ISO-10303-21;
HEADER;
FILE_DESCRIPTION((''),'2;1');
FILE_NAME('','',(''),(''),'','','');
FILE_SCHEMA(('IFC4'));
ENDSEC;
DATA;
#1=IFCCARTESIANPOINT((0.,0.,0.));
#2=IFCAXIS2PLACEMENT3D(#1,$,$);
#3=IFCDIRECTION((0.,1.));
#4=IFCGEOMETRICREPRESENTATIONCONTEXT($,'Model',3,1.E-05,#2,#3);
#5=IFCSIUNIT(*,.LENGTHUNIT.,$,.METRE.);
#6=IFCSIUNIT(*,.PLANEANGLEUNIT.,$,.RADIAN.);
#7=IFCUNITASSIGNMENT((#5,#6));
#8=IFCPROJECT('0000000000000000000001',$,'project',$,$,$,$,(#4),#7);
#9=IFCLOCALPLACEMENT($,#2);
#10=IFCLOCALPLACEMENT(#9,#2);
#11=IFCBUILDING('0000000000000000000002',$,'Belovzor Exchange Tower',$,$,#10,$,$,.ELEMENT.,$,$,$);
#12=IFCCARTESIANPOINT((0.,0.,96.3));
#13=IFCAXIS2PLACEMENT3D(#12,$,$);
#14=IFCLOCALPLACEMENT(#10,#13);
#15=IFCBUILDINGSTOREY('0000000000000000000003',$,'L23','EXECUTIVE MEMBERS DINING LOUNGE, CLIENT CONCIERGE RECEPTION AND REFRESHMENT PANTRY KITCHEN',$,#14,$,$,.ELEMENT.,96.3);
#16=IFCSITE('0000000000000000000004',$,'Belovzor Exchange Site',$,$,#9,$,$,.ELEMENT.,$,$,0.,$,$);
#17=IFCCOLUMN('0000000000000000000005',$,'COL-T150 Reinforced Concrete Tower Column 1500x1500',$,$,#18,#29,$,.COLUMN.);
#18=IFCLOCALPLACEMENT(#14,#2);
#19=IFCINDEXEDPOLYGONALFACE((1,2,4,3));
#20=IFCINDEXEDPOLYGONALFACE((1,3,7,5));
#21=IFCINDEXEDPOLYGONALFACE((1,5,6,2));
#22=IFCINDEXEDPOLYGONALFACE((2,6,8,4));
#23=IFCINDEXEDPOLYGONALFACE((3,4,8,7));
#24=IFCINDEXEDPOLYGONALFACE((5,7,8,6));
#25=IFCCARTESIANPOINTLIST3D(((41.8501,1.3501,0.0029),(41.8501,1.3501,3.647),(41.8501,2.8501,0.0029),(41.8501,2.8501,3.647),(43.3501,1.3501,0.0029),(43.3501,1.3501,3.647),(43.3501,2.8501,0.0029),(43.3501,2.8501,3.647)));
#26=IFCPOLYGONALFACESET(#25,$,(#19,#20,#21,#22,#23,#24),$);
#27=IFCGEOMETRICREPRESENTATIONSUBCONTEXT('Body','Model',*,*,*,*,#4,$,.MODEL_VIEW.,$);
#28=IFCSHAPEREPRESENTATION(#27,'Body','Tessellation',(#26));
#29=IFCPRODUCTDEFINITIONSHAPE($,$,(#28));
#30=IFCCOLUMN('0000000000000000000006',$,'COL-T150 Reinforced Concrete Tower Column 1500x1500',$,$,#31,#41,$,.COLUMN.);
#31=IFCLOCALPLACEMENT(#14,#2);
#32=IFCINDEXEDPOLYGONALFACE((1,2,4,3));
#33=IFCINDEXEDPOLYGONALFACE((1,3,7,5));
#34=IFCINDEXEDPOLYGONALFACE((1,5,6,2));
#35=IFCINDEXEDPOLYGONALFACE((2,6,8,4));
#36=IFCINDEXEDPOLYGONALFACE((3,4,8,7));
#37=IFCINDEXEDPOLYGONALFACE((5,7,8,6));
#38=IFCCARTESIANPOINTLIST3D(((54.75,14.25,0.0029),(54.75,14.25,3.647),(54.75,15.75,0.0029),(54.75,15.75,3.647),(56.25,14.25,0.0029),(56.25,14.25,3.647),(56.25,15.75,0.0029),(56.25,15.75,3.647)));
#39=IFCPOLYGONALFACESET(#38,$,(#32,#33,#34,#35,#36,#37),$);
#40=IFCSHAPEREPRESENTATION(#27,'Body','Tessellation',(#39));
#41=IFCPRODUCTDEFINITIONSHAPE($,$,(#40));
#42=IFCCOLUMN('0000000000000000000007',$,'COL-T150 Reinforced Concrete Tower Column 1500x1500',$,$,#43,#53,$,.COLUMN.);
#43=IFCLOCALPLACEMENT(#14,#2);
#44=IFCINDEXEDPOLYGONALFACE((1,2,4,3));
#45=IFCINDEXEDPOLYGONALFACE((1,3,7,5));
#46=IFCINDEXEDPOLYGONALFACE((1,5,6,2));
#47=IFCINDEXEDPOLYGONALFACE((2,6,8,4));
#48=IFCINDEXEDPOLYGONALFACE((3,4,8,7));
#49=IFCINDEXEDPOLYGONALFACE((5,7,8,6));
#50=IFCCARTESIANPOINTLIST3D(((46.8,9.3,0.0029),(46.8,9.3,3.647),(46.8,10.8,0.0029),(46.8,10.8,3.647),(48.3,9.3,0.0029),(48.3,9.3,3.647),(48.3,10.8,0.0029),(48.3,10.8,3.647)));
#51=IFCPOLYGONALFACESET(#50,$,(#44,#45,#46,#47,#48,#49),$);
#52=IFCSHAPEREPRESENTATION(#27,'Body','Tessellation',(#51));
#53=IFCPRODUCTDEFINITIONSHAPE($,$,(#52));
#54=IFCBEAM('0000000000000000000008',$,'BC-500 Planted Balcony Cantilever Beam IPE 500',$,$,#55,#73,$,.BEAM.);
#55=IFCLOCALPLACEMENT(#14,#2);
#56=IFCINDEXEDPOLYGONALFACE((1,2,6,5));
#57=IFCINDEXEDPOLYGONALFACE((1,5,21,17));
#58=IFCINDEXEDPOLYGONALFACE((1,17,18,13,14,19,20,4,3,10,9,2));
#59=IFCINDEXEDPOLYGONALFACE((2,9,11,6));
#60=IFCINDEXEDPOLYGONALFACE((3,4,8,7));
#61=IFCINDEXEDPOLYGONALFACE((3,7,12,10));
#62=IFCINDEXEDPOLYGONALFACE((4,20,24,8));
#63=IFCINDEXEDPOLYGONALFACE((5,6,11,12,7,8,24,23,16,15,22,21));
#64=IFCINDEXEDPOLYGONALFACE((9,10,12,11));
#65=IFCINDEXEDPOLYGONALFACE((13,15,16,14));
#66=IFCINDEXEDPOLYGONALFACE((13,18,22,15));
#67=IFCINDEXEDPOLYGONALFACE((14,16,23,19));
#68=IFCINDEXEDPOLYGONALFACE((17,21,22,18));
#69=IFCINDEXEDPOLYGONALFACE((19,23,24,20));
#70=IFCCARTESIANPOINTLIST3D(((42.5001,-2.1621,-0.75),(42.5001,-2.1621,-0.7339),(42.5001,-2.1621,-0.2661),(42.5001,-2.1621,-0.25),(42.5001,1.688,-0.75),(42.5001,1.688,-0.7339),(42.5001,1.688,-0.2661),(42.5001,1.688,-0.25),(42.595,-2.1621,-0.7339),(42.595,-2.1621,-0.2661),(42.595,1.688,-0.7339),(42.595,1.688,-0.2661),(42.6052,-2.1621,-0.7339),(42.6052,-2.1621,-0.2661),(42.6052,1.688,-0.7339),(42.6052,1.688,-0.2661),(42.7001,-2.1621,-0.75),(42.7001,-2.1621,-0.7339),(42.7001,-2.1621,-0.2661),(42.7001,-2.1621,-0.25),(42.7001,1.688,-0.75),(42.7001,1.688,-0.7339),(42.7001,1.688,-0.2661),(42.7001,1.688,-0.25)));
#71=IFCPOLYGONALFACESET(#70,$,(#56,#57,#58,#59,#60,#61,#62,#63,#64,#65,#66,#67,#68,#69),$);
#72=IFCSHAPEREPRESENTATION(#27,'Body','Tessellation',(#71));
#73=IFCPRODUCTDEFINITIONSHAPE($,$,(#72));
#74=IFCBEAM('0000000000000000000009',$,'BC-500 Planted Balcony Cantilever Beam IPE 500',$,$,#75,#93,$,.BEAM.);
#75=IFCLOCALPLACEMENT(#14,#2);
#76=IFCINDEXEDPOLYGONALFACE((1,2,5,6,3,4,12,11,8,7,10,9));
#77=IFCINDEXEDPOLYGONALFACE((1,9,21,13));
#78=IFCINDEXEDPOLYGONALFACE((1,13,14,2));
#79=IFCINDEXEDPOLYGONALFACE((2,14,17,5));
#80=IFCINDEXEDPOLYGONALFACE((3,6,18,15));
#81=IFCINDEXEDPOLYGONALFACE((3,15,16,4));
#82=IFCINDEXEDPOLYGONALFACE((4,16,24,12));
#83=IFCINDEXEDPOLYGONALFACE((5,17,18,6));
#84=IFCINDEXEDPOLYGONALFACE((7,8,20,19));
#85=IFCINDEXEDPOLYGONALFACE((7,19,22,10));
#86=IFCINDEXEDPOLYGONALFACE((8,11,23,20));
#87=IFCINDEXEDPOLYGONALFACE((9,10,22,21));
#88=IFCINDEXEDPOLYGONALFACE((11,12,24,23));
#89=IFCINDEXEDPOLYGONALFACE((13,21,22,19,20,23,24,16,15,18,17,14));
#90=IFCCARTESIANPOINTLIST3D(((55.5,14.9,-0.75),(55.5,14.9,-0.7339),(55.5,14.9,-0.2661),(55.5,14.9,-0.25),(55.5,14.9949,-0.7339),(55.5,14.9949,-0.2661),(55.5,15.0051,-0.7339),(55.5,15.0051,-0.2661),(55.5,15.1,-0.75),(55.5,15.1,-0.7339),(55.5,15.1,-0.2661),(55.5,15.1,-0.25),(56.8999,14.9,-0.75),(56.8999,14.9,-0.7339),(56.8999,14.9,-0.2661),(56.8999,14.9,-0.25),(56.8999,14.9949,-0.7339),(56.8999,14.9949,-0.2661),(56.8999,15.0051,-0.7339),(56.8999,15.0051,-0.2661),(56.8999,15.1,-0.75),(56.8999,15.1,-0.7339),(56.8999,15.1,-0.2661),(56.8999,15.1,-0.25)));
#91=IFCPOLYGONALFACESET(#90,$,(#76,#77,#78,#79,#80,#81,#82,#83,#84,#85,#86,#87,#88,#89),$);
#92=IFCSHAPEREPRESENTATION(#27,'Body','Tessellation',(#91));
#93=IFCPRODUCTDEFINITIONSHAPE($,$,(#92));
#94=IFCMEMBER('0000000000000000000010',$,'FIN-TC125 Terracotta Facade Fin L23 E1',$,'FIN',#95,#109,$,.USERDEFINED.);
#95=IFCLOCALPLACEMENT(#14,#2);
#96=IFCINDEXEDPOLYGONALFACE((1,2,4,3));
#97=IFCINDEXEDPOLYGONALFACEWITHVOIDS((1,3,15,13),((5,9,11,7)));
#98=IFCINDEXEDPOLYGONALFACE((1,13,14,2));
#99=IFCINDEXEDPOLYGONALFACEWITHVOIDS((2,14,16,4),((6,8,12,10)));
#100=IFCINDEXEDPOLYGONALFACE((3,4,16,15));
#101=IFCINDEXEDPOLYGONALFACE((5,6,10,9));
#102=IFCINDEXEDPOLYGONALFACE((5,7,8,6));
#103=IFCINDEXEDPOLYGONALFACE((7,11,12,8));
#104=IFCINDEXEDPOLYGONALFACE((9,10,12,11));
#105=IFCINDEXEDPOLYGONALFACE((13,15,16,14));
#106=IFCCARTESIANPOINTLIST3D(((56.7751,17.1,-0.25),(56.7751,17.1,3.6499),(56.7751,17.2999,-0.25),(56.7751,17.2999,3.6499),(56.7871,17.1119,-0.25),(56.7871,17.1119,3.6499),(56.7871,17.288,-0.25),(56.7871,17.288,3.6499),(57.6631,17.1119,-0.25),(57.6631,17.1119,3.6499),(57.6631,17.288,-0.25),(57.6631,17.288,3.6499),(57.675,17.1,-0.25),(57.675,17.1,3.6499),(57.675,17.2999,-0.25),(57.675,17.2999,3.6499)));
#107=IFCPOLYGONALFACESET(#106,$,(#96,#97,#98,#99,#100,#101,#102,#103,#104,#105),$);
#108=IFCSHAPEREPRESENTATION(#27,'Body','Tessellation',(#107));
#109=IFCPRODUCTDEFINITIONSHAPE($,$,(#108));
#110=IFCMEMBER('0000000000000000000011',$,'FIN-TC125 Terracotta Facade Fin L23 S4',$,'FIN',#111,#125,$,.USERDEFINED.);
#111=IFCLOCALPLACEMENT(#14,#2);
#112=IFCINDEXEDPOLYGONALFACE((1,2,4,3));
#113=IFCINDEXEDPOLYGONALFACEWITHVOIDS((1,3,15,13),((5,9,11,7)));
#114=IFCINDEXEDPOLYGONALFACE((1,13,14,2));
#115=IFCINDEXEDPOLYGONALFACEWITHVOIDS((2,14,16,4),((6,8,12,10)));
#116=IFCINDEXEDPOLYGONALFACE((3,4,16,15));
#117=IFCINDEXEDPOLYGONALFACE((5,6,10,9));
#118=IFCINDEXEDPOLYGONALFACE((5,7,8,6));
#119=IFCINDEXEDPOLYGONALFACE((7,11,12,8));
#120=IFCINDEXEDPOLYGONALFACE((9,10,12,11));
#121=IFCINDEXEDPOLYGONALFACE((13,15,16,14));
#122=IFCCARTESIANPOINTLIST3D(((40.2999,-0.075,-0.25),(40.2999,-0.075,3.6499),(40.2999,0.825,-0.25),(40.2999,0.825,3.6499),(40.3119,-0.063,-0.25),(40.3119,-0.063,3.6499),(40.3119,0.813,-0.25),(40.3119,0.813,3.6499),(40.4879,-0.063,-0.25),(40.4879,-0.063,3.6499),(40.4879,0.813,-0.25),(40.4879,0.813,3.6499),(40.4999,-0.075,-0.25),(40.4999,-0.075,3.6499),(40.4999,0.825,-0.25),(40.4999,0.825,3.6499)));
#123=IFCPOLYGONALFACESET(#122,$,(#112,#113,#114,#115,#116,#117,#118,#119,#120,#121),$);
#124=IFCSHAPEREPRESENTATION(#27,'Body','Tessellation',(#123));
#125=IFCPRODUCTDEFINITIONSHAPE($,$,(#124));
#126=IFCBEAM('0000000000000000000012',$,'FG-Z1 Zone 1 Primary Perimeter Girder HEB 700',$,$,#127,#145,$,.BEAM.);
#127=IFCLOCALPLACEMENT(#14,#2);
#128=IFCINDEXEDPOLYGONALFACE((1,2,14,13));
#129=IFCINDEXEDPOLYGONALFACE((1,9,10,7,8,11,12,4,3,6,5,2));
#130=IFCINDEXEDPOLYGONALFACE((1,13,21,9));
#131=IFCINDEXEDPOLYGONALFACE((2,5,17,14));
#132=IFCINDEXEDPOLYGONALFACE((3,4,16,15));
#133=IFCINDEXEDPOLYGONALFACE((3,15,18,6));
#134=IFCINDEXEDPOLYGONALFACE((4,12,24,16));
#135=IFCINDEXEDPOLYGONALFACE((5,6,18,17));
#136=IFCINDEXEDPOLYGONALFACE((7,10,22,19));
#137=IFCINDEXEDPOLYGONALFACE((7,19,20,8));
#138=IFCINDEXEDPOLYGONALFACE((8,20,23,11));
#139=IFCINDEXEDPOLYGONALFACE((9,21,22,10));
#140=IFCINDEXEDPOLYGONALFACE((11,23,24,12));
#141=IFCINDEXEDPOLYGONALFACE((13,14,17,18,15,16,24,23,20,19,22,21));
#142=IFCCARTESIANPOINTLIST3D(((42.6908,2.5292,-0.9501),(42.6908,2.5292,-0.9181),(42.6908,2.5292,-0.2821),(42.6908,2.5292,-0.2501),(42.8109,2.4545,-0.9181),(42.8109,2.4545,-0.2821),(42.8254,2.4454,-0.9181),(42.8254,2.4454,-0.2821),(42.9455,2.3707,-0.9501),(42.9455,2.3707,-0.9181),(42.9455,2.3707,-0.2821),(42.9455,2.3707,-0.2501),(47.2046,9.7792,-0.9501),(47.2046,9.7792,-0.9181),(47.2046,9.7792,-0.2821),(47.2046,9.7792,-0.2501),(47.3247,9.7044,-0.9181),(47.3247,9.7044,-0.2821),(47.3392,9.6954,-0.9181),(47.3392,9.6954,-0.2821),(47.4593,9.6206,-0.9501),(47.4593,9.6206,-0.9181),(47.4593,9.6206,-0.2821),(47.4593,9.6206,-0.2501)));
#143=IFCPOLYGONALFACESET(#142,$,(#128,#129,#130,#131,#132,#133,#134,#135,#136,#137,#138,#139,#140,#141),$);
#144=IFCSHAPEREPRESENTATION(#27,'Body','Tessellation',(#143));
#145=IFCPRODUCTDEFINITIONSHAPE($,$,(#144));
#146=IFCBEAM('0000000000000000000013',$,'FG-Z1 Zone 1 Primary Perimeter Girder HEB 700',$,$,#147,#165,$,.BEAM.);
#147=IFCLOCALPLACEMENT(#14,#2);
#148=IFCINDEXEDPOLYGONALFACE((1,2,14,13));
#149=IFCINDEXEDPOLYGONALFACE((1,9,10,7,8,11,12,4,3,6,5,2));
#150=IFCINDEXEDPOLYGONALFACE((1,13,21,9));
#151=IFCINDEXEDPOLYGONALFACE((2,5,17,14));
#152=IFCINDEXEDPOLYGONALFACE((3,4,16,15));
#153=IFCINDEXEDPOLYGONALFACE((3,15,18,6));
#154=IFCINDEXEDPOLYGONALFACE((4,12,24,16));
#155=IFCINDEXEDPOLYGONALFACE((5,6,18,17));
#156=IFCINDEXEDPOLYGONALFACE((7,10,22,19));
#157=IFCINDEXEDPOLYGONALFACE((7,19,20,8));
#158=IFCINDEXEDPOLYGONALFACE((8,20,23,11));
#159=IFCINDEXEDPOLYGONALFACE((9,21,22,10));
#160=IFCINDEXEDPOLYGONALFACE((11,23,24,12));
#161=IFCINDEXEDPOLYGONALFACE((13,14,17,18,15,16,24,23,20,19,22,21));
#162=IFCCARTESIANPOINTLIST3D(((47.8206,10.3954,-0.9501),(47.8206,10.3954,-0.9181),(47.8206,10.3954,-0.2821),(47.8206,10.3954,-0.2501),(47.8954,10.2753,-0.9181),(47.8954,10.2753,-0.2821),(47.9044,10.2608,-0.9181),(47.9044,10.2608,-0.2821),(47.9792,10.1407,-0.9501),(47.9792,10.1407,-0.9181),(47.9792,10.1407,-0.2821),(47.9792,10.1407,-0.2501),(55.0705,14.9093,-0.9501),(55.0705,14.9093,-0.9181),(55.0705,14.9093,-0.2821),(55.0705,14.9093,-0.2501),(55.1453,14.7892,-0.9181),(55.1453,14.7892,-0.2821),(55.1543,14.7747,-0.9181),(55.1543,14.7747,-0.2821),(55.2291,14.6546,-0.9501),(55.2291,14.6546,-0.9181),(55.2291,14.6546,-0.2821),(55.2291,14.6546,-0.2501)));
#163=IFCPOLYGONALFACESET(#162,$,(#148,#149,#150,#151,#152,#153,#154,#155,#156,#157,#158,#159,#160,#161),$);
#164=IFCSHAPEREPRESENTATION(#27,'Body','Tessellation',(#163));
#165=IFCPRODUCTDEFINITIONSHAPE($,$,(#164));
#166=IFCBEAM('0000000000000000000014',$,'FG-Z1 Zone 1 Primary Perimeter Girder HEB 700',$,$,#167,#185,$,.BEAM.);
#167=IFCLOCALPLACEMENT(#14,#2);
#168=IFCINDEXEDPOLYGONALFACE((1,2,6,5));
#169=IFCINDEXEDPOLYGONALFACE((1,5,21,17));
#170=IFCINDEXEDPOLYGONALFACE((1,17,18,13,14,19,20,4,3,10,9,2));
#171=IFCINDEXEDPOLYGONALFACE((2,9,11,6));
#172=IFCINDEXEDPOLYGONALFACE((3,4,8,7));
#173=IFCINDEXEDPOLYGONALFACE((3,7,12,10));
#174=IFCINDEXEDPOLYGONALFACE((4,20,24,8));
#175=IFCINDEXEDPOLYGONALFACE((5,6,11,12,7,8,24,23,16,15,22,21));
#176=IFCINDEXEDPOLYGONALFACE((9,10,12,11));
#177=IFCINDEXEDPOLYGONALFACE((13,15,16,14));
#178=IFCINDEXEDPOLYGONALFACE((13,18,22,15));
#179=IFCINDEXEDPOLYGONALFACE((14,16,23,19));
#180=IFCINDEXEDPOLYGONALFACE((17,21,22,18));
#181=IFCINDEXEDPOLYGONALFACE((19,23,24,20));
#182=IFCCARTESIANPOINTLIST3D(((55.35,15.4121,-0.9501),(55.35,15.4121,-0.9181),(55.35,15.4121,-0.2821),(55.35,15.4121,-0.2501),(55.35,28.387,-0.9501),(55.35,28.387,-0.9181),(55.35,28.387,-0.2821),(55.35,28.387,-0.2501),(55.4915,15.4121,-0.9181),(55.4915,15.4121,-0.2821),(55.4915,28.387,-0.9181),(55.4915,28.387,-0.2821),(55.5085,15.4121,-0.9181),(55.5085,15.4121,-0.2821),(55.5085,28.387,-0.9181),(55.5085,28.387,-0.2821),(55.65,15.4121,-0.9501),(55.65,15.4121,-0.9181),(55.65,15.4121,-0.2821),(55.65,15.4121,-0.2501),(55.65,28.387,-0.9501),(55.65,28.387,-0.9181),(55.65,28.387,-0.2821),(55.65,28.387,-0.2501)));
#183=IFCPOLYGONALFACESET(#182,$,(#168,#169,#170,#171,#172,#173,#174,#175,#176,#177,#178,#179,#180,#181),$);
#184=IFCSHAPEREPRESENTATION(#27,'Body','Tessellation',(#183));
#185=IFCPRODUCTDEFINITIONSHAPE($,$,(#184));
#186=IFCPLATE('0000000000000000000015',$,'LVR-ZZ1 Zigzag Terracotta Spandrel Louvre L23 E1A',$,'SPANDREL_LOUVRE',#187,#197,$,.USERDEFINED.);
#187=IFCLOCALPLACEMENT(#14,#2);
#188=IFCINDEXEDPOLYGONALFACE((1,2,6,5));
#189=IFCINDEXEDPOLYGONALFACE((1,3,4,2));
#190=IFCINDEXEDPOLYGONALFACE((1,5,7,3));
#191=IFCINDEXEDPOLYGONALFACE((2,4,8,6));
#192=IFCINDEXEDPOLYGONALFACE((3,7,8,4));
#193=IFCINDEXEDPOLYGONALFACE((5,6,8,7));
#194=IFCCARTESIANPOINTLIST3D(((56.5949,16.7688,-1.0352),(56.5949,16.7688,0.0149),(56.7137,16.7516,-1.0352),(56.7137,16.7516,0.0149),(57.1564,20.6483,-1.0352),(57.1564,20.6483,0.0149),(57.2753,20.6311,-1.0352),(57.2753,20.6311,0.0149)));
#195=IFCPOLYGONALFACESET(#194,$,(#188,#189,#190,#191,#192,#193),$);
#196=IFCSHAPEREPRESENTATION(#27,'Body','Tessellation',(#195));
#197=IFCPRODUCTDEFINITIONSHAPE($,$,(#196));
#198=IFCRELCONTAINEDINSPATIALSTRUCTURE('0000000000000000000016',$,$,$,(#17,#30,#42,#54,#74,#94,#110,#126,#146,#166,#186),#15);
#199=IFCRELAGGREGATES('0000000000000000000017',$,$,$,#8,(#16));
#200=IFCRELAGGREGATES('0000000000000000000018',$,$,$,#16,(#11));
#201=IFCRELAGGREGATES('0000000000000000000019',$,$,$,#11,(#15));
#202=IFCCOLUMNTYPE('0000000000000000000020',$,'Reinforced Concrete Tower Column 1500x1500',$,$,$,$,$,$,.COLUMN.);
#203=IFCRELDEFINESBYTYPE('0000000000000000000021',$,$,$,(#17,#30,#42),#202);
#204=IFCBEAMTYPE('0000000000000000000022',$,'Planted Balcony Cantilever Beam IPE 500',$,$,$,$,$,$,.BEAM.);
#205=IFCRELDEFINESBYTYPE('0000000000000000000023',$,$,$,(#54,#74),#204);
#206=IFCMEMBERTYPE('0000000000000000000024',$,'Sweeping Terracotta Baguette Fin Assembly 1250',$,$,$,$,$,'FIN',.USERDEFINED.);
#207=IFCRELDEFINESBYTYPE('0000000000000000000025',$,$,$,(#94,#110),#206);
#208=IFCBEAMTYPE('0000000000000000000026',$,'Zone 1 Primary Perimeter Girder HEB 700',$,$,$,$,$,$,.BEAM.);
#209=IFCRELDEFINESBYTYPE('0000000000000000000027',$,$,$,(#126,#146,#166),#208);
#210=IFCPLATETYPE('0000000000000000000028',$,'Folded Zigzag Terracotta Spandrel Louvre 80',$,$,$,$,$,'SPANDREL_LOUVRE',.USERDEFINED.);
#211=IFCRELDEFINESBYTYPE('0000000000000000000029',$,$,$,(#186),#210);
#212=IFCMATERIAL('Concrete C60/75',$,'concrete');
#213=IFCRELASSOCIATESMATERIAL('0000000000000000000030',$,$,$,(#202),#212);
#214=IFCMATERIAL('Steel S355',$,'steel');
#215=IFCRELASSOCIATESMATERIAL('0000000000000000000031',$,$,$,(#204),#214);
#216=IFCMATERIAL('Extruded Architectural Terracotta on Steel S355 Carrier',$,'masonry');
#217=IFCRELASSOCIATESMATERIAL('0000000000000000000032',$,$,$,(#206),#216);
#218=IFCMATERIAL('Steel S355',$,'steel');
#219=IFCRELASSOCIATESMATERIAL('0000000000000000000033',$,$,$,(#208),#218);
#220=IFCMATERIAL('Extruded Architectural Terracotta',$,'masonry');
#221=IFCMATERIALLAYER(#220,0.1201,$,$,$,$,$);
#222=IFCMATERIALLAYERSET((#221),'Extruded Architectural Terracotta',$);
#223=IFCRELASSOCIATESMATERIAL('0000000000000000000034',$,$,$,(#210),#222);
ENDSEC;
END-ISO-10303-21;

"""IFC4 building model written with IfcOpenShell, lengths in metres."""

from ifc_helpers import new_model, si_unit, direction, frame, origin, origin_2d, place, context, subcontext, project, spatial, rectangle, hollow_rectangle, i_section, extrude, material, layer, layer_set, material_profile, profile_set, type_object, element, save


model = new_model("IFC4")

# Units and contexts
model_context = context("Model", 3, precision=1e-05, world=origin(), true_north=direction((0.0, 1.0)))
body_context = subcontext(model_context, "Body", "Model", "MODEL_VIEW")
ifc_project = project(units=[si_unit("LENGTHUNIT", "METRE"), si_unit("PLANEANGLEUNIT", "RADIAN")], contexts=[model_context])

# Site, building, storey
site_placement = place(None, origin())
site = spatial("IfcSite", under=ifc_project, at=site_placement, Name="Belovzor Exchange Site", CompositionType="ELEMENT", RefElevation=0.0)
building_placement = place(site_placement, origin())
building = spatial("IfcBuilding", under=site, at=building_placement, Name="Belovzor Exchange Tower", CompositionType="ELEMENT")
storey_placement = place(building_placement, frame((0.0, 0.0, 96.3)))
storey = spatial("IfcBuildingStorey", under=building, at=storey_placement, Name="L23", Description="EXECUTIVE MEMBERS DINING LOUNGE, CLIENT CONCIERGE RECEPTION AND REFRESHMENT PANTRY KITCHEN", CompositionType="ELEMENT", Elevation=96.3)

# Columns
ifc_material_1 = material(Name="Concrete C60/75", Category="concrete")
ifc_material_profile_1 = material_profile(ifc_material_1, rectangle(XDim=1.5, YDim=1.5, at=origin_2d()))
ifc_profile_set_1 = profile_set([ifc_material_profile_1], Name="Concrete C60/75")
column_type = type_object("IfcColumnType", Name="Reinforced Concrete Tower Column 1500x1500", PredefinedType="COLUMN", material=ifc_profile_set_1)
for number, where, z_axis, x_axis, name in (
    (1, (42.6001, 2.1001, 0.0029), (0.0, 0.0, 1.0), (1.0, 0.0, 0.0), "COL-T150 Reinforced Concrete Tower Column 1500x1500"),
    (2, (55.5, 15.0, 0.0029), (0.0, 0.0, 1.0), (1.0, 0.0, 0.0), "COL-T150 Reinforced Concrete Tower Column 1500x1500"),
    (3, (47.55, 10.05, 0.0029), (0.0, 0.0, 1.0), (1.0, 0.0, 0.0), "COL-T150 Reinforced Concrete Tower Column 1500x1500"),
):
    element("IfcColumn", number, at=place(storey_placement, frame(where, z_axis=z_axis, x_axis=x_axis)), inside=storey, type_object=column_type, Name=name, PredefinedType="COLUMN", context=body_context, shape_type="SweptSolid", body=[
        extrude(rectangle(XDim=1.5, YDim=1.5, at=origin_2d()), origin(), (0.0, 0.0, 1.0), 3.644),
    ])

# Beams
ifc_material_2 = material(Name="Steel S355", Category="steel")
ifc_material_profile_2 = material_profile(ifc_material_2, i_section(OverallWidth=0.2, OverallDepth=0.5, WebThickness=0.0103, FlangeThickness=0.0161, at=origin_2d()))
ifc_profile_set_2 = profile_set([ifc_material_profile_2], Name="Steel S355")
beam_type_1 = type_object("IfcBeamType", Name="Planted Balcony Cantilever Beam IPE 500", PredefinedType="BEAM", material=ifc_profile_set_2)
beam_1_placement = place(storey_placement, frame((42.6001, 1.688, -0.5), z_axis=(0.0, -1.0, 0.0), x_axis=(1.0, 0.0, 0.0)))
element("IfcBeam", 4, at=beam_1_placement, inside=storey, type_object=beam_type_1, Name="BC-500 Planted Balcony Cantilever Beam IPE 500", PredefinedType="BEAM", context=body_context, shape_type="SweptSolid", body=[
    extrude(i_section(OverallWidth=0.2, OverallDepth=0.5, WebThickness=0.0103, FlangeThickness=0.0161, at=origin_2d()), origin(), (0.0, 0.0, 1.0), 3.8501),
])
beam_2_placement = place(storey_placement, frame((55.5, 15.0, -0.5), z_axis=(1.0, 0.0, 0.0), x_axis=(0.0, 1.0, 0.0)))
element("IfcBeam", 5, at=beam_2_placement, inside=storey, type_object=beam_type_1, Name="BC-500 Planted Balcony Cantilever Beam IPE 500", PredefinedType="BEAM", context=body_context, shape_type="SweptSolid", body=[
    extrude(i_section(OverallWidth=0.2, OverallDepth=0.5, WebThickness=0.0103, FlangeThickness=0.0161, at=origin_2d()), origin(), (0.0, 0.0, 1.0), 1.3999),
])

# Members
ifc_material_3 = material(Name="Extruded Architectural Terracotta on Steel S355 Carrier", Category="masonry")
ifc_material_profile_3 = material_profile(ifc_material_3, hollow_rectangle(XDim=0.2, YDim=0.8999, WallThickness=0.012, at=origin_2d()))
ifc_profile_set_3 = profile_set([ifc_material_profile_3], Name="Extruded Architectural Terracotta on Steel S355 Carrier")
member_type = type_object("IfcMemberType", Name="Sweeping Terracotta Baguette Fin Assembly 1250", ElementType="FIN", PredefinedType="USERDEFINED", material=ifc_profile_set_3)
for number, where, z_axis, x_axis, name in (
    (6, (57.2251, 17.2, -0.25), (0.0, 0.0, 1.0), (0.0, 1.0, 0.0), "FIN-TC125 Terracotta Facade Fin L23 E1"),
    (7, (40.3999, 0.375, -0.25), (0.0, 0.0, 1.0), (1.0, 0.0, 0.0), "FIN-TC125 Terracotta Facade Fin L23 S4"),
):
    element("IfcMember", number, at=place(storey_placement, frame(where, z_axis=z_axis, x_axis=x_axis)), inside=storey, type_object=member_type, Name=name, ObjectType="FIN", PredefinedType="USERDEFINED", context=body_context, shape_type="SweptSolid", body=[
        extrude(hollow_rectangle(XDim=0.2, YDim=0.8999, WallThickness=0.012, at=origin_2d()), origin(), (0.0, 0.0, 1.0), 3.8999),
    ])

# Beams
ifc_material_4 = material(Name="Steel S355", Category="steel")
ifc_material_profile_4 = material_profile(ifc_material_4, i_section(OverallWidth=0.3, OverallDepth=0.7, WebThickness=0.0171, FlangeThickness=0.032, at=origin_2d()))
ifc_profile_set_4 = profile_set([ifc_material_profile_4], Name="Steel S355")
beam_type_2 = type_object("IfcBeamType", Name="Zone 1 Primary Perimeter Girder HEB 700", PredefinedType="BEAM", material=ifc_profile_set_4)
for number, where, z_axis, x_axis, name in (
    (8, (42.8181, 2.45, -0.6001), (0.528539, 0.848909, 0.0), (-0.848909, 0.528539, 0.0), "FG-Z1 Zone 1 Primary Perimeter Girder HEB 700"),
    (9, (47.8999, 10.2681, -0.6001), (0.848909, 0.528539, 0.0), (-0.528539, 0.848909, 0.0), "FG-Z1 Zone 1 Primary Perimeter Girder HEB 700"),
):
    element("IfcBeam", number, at=place(storey_placement, frame(where, z_axis=z_axis, x_axis=x_axis)), inside=storey, type_object=beam_type_2, Name=name, PredefinedType="BEAM", context=body_context, shape_type="SweptSolid", body=[
        extrude(i_section(OverallWidth=0.3, OverallDepth=0.7, WebThickness=0.0171, FlangeThickness=0.032, at=origin_2d()), origin(), (0.0, 0.0, 1.0), 8.5403),
    ])
beam_3_placement = place(storey_placement, frame((55.5, 15.4121, -0.6001), z_axis=(0.0, 1.0, 0.0), x_axis=(-1.0, 0.0, 0.0)))
element("IfcBeam", 10, at=beam_3_placement, inside=storey, type_object=beam_type_2, Name="FG-Z1 Zone 1 Primary Perimeter Girder HEB 700", PredefinedType="BEAM", context=body_context, shape_type="SweptSolid", body=[
    extrude(i_section(OverallWidth=0.3, OverallDepth=0.7, WebThickness=0.0171, FlangeThickness=0.032, at=origin_2d()), origin(), (0.0, 0.0, 1.0), 12.9749),
])

# Plate
ifc_material_5 = material(Name="Extruded Architectural Terracotta", Category="masonry")
ifc_layer_1 = layer(ifc_material_5, 0.1201)
ifc_layer_set_1 = layer_set([ifc_layer_1], Name="Extruded Architectural Terracotta")
plate_type = type_object("IfcPlateType", Name="Folded Zigzag Terracotta Spandrel Louvre 80", ElementType="SPANDREL_LOUVRE", PredefinedType="USERDEFINED", material=ifc_layer_set_1)
plate_placement = place(storey_placement, frame((56.9351, 18.7, -1.0352), z_axis=(0.0, 0.0, 1.0), x_axis=(0.143251, 0.989686, 0.0)))
element("IfcPlate", 11, at=plate_placement, inside=storey, type_object=plate_type, Name="LVR-ZZ1 Zigzag Terracotta Spandrel Louvre L23 E1A", ObjectType="SPANDREL_LOUVRE", PredefinedType="USERDEFINED", context=body_context, shape_type="SweptSolid", body=[
    extrude(rectangle(XDim=3.9199, YDim=0.1201, at=origin_2d()), origin(), (0.0, 0.0, 1.0), 1.05),
])

save(model, "model.ifc")
